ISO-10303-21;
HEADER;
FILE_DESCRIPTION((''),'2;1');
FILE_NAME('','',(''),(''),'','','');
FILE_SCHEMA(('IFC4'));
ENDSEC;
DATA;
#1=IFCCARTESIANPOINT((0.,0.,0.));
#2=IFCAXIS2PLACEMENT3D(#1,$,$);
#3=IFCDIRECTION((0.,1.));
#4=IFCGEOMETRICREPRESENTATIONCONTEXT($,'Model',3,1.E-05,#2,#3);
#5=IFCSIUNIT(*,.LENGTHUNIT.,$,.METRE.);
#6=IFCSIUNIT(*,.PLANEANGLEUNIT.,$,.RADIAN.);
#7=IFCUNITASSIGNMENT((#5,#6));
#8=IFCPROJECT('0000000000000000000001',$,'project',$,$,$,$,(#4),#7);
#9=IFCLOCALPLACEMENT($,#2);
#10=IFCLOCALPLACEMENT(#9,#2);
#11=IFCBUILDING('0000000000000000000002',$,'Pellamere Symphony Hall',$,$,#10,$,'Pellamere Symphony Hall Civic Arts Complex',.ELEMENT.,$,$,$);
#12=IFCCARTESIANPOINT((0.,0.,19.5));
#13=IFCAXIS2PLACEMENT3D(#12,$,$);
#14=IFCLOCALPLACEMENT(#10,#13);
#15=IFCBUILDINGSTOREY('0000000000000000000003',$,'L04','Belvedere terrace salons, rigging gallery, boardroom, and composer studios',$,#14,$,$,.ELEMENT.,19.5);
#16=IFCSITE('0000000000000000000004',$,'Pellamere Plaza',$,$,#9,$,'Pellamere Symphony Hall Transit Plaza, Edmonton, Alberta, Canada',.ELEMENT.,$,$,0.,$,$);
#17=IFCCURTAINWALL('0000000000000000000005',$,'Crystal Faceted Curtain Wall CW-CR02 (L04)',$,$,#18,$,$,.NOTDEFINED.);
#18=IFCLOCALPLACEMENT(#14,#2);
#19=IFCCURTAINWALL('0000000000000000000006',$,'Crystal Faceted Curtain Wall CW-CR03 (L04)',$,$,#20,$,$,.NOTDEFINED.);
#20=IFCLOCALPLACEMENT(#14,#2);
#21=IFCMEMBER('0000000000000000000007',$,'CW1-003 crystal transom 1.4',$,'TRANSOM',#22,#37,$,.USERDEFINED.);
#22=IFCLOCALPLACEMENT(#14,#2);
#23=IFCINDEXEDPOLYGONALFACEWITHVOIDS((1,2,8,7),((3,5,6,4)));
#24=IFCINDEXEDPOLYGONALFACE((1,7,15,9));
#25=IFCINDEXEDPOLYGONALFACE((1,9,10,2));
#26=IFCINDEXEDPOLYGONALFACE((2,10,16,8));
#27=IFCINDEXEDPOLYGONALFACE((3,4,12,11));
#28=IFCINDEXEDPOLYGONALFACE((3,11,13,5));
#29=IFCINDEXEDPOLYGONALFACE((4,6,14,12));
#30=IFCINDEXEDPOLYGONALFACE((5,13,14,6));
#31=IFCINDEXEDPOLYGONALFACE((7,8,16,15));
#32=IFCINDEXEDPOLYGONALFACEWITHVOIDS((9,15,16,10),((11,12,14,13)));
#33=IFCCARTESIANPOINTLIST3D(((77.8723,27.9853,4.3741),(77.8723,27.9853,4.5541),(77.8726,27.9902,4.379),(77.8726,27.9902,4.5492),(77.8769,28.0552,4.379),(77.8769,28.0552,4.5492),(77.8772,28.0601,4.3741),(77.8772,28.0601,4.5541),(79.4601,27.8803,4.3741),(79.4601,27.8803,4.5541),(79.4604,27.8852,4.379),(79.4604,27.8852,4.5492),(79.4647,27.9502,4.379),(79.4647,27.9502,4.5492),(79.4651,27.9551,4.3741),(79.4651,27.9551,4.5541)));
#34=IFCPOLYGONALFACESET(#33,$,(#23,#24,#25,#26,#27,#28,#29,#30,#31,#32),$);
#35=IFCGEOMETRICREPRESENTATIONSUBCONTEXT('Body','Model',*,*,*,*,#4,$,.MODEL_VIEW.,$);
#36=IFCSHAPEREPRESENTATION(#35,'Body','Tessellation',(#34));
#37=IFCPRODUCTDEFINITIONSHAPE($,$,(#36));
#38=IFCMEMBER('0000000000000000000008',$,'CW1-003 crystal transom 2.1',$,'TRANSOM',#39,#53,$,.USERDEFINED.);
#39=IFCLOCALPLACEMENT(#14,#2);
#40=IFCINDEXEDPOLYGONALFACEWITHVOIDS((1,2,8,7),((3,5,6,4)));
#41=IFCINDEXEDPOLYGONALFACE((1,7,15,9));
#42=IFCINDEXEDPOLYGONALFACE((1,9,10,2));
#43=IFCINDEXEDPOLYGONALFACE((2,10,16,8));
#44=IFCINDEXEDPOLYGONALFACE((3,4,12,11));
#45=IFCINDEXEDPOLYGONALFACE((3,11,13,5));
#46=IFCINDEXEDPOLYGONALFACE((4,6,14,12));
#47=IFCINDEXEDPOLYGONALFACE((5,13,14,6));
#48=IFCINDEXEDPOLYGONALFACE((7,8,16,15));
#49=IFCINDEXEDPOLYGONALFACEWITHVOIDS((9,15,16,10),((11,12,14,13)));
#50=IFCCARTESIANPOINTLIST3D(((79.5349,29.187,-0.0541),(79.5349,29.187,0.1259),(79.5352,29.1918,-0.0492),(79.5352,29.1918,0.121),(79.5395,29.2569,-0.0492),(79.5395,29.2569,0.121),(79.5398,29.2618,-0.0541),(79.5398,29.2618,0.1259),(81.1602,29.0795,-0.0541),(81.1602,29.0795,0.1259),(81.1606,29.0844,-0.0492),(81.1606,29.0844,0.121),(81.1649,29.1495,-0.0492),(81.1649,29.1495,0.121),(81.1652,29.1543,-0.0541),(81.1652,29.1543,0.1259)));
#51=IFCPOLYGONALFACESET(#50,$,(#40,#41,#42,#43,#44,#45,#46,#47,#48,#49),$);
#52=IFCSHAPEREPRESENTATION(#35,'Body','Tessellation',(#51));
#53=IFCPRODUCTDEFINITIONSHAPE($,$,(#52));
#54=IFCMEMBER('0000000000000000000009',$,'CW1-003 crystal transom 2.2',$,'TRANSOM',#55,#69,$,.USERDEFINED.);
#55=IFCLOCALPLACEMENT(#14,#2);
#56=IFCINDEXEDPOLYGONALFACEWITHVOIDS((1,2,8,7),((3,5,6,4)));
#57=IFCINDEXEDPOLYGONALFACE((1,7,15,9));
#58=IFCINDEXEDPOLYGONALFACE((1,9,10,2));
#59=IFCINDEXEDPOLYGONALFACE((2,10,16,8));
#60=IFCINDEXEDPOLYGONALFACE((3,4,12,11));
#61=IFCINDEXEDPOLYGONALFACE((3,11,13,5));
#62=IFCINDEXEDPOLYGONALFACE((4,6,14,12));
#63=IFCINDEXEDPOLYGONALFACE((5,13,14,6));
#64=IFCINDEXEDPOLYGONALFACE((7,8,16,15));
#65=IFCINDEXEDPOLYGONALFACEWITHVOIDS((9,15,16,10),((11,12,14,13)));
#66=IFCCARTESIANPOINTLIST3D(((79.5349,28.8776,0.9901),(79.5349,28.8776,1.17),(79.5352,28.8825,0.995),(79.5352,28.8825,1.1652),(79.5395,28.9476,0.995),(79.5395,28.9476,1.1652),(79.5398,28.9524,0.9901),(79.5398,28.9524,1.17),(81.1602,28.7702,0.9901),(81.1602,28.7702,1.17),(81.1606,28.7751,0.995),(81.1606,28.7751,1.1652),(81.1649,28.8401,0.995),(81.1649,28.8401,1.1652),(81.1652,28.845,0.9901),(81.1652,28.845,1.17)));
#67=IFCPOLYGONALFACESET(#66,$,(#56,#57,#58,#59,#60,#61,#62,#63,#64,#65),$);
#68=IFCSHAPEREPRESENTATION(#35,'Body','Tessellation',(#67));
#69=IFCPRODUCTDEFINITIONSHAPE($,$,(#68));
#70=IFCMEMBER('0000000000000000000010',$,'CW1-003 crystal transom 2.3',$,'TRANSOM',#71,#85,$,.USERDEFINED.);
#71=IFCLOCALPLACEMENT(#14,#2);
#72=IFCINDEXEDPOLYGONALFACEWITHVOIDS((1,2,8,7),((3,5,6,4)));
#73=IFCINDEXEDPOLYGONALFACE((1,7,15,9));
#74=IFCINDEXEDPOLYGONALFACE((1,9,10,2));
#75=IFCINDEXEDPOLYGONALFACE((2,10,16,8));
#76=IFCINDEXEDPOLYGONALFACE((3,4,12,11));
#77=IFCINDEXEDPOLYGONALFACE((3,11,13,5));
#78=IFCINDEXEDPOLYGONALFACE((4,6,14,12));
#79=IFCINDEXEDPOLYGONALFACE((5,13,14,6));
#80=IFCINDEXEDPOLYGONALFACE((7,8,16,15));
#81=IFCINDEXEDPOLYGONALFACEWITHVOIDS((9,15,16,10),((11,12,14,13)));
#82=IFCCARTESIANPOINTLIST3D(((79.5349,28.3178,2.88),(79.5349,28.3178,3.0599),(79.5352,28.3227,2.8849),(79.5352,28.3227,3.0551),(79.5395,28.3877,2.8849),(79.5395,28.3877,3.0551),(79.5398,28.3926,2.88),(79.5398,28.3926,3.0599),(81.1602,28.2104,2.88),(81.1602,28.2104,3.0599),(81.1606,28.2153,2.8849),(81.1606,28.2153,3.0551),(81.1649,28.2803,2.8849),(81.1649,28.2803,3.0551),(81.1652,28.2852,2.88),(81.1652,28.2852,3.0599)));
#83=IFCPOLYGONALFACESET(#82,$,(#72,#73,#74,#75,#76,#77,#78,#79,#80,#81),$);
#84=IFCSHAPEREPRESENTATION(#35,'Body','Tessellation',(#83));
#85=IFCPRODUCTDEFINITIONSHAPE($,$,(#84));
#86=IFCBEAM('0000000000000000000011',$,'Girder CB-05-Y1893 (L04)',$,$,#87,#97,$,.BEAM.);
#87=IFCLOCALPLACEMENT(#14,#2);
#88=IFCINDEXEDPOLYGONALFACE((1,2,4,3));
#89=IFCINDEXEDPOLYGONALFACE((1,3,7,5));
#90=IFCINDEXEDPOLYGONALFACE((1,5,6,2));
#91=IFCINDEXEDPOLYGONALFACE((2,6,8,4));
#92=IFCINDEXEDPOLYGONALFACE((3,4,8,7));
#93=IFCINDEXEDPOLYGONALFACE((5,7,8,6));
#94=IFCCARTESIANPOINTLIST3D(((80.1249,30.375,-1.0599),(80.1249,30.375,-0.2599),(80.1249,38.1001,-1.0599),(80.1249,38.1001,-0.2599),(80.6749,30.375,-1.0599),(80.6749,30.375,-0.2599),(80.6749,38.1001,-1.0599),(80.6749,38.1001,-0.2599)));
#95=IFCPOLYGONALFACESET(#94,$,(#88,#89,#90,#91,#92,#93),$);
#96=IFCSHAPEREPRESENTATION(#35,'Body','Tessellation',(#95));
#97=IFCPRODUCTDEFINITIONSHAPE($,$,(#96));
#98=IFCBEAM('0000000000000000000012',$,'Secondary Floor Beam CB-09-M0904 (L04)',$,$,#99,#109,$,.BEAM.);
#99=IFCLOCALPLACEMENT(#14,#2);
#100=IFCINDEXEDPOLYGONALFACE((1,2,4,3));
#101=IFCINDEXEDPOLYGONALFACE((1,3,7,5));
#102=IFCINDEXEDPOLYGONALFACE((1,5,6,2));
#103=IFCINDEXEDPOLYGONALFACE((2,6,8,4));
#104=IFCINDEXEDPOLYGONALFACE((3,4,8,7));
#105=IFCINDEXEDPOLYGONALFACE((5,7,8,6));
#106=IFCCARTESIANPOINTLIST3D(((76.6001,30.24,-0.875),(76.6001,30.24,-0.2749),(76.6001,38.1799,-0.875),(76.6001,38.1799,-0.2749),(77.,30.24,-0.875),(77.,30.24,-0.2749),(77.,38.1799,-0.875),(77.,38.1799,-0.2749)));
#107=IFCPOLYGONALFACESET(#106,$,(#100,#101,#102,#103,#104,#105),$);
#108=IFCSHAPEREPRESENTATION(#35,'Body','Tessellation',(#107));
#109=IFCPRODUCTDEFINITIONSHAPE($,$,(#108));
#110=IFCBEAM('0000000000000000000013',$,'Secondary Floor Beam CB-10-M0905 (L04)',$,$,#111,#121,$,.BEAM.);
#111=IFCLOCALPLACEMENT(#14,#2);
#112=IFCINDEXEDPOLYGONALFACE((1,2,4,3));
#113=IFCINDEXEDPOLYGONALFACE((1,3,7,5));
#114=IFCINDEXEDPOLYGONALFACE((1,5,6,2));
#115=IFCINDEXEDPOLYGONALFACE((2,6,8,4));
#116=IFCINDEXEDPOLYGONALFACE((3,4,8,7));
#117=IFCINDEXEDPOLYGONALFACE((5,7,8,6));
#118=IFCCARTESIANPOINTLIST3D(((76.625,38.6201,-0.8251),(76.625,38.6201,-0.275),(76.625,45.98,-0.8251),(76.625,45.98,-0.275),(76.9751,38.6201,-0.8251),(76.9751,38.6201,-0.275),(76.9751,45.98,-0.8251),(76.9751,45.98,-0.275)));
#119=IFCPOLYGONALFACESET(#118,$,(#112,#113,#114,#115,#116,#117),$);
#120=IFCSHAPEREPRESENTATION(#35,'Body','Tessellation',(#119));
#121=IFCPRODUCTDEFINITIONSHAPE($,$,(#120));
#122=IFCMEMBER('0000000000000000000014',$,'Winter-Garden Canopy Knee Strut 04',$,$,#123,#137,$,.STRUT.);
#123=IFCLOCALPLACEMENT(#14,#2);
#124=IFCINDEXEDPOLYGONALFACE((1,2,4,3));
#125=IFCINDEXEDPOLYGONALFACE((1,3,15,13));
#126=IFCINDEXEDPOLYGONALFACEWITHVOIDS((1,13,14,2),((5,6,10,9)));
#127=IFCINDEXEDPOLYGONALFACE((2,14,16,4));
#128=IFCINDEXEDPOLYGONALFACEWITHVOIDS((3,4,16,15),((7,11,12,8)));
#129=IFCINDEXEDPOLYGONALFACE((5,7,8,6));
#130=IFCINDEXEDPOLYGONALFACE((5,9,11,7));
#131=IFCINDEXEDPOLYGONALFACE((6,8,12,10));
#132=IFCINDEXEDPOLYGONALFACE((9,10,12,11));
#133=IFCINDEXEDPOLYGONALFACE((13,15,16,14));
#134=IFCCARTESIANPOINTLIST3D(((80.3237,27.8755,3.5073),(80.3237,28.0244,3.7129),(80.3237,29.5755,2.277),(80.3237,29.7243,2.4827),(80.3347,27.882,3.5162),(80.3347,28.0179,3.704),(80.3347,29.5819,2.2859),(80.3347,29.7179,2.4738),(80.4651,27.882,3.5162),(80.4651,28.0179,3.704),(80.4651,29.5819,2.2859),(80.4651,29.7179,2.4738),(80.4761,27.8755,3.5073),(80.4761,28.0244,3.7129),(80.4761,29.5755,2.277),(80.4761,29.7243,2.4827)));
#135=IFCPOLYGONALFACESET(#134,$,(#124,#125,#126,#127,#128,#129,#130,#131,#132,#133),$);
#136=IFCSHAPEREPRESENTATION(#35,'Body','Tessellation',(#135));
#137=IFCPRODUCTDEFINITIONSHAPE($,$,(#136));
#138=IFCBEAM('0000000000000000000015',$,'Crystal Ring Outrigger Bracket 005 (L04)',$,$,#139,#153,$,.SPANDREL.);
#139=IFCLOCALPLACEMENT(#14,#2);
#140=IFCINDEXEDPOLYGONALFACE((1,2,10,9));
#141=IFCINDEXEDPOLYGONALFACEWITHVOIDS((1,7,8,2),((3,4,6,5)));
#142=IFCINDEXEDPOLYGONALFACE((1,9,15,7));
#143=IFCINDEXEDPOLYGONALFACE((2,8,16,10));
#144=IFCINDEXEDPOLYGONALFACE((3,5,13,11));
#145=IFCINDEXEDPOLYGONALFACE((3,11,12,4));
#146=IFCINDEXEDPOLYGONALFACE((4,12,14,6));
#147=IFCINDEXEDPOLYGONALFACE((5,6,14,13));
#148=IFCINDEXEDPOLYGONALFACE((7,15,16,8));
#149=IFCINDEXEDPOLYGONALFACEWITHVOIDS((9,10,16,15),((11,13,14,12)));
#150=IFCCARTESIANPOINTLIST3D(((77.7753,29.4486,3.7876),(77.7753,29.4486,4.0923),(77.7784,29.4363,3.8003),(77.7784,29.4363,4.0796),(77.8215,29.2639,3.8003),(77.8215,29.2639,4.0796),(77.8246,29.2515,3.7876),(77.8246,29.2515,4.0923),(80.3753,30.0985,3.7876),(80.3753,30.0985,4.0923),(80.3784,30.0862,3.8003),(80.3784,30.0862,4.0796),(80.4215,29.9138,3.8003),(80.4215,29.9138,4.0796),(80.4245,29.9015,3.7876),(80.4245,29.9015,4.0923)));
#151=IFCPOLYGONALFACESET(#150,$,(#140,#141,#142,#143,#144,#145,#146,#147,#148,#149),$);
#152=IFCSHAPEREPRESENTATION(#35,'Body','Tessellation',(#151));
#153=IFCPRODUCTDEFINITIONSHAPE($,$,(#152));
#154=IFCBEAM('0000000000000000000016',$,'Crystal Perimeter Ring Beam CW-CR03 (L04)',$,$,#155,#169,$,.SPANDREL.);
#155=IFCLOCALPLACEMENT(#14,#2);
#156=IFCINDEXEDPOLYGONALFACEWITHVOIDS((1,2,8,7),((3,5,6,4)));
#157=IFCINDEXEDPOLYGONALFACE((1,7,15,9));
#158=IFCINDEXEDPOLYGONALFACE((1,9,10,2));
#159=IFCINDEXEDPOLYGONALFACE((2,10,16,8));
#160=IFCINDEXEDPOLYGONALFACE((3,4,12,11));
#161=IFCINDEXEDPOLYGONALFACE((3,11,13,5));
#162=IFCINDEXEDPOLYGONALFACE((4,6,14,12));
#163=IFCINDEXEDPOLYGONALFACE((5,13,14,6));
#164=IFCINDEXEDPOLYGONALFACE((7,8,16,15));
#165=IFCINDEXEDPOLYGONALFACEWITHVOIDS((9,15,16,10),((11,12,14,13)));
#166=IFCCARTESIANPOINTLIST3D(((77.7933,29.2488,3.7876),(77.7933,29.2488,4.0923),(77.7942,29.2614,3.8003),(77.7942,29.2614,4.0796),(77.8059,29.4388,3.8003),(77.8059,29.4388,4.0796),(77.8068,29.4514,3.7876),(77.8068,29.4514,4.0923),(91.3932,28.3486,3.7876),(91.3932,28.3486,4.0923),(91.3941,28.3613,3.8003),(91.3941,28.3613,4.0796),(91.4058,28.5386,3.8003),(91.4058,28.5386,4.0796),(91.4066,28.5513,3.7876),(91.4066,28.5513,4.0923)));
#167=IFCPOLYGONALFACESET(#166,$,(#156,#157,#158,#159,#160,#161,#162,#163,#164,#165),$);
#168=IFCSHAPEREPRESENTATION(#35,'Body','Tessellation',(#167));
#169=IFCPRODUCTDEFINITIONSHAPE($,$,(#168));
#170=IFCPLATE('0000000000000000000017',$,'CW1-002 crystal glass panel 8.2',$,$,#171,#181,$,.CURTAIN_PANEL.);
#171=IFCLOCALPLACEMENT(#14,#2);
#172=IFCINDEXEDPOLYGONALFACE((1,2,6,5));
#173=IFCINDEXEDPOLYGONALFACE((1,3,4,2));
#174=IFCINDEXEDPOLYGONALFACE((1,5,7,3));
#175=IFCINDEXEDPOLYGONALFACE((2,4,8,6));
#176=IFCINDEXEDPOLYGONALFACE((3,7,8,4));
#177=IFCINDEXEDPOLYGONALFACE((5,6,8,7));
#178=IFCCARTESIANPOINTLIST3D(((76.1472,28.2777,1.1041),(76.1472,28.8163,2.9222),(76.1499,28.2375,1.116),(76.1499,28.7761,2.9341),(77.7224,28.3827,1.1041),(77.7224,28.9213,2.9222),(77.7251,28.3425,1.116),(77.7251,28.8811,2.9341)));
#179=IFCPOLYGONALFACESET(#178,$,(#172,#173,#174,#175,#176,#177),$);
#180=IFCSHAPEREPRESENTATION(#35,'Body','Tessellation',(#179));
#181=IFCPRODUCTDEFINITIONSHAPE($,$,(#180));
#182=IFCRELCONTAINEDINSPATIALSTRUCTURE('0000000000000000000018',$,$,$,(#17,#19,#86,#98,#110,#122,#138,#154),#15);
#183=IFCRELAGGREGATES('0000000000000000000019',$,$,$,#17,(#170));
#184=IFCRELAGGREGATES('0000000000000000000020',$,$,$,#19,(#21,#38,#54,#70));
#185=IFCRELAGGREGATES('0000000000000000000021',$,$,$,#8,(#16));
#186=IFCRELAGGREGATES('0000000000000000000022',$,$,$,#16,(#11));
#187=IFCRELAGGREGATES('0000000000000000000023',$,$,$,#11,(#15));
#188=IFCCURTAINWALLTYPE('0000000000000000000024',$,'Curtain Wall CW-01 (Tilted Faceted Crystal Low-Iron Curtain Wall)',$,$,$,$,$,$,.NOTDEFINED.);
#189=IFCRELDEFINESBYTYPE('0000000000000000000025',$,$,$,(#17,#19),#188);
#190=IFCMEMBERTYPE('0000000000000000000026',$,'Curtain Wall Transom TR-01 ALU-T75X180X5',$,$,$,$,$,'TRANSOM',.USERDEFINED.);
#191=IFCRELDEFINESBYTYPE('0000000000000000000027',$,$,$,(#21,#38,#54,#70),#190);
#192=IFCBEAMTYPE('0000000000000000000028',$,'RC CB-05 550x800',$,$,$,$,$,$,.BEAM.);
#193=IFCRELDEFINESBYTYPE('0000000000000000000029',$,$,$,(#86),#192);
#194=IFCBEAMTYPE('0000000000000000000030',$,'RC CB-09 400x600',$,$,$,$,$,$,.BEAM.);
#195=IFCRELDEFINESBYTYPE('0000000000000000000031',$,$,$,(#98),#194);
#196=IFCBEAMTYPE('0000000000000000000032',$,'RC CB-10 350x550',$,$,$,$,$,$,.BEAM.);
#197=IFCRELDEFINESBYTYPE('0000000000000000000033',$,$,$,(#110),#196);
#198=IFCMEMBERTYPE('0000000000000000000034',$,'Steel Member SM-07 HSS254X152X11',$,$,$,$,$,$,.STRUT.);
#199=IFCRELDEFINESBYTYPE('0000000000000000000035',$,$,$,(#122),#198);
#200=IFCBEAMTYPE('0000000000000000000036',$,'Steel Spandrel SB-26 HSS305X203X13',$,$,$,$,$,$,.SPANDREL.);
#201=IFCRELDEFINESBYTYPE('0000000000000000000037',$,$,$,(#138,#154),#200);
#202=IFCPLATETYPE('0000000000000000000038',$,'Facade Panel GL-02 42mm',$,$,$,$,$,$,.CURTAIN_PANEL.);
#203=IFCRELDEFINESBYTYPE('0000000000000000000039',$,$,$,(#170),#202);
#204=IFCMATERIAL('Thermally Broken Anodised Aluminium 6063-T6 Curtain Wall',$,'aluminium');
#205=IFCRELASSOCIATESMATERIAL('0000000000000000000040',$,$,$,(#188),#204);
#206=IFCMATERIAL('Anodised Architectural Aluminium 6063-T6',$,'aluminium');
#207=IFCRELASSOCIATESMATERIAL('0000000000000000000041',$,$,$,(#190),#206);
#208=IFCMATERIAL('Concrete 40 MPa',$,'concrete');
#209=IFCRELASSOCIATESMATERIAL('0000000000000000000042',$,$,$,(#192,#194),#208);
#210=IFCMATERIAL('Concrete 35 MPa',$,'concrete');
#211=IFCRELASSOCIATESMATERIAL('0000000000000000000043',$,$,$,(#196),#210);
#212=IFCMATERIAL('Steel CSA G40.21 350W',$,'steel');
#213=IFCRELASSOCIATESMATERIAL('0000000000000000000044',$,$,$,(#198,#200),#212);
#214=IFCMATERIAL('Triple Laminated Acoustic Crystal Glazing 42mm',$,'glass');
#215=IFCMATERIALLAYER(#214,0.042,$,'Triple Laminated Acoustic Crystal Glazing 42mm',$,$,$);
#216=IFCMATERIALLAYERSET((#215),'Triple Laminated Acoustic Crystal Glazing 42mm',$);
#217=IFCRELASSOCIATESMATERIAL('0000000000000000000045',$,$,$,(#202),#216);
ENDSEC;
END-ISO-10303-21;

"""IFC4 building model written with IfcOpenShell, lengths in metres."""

from ifc_helpers import new_model, si_unit, direction, frame, origin, origin_2d, place, context, subcontext, project, spatial, polyline, rectangle, hollow_rectangle, outline, extrude, material, layer, layer_set, material_profile, profile_set, type_object, element, aggregate, save


model = new_model("IFC4")

# Units and contexts
model_context = context("Model", 3, precision=1e-05, world=origin(), true_north=direction((0.0, 1.0)))
body_context = subcontext(model_context, "Body", "Model", "MODEL_VIEW")
ifc_project = project(units=[si_unit("LENGTHUNIT", "METRE"), si_unit("PLANEANGLEUNIT", "RADIAN")], contexts=[model_context])

# Site, building, storey
site_placement = place(None, origin())
site = spatial("IfcSite", under=ifc_project, at=site_placement, Name="Pellamere Plaza", LongName="Pellamere Symphony Hall Transit Plaza, Edmonton, Alberta, Canada", CompositionType="ELEMENT", RefElevation=0.0)
building_placement = place(site_placement, origin())
building = spatial("IfcBuilding", under=site, at=building_placement, Name="Pellamere Symphony Hall", LongName="Pellamere Symphony Hall Civic Arts Complex", CompositionType="ELEMENT")
storey_placement = place(building_placement, frame((0.0, 0.0, 19.5)))
storey = spatial("IfcBuildingStorey", under=building, at=storey_placement, Name="L04", Description="Belvedere terrace salons, rigging gallery, boardroom, and composer studios", CompositionType="ELEMENT", Elevation=19.5)

# Shared definitions
ifc_material_1 = material(Name="Concrete 40 MPa", Category="concrete")

# Curtain wall
ifc_material_2 = material(Name="Thermally Broken Anodised Aluminium 6063-T6 Curtain Wall", Category="aluminium")
curtain_wall_type = type_object("IfcCurtainWallType", Name="Curtain Wall CW-01 (Tilted Faceted Crystal Low-Iron Curtain Wall)", PredefinedType="NOTDEFINED", material=ifc_material_2)
curtain_wall_1_placement = place(storey_placement, origin())
curtain_wall_1 = element("IfcCurtainWall", 1, at=curtain_wall_1_placement, inside=storey, type_object=curtain_wall_type, Name="Crystal Faceted Curtain Wall CW-CR02 (L04)", PredefinedType="NOTDEFINED")
ifc_material_3 = material(Name="Anodised Architectural Aluminium 6063-T6", Category="aluminium")

# Curtain wall
curtain_wall_2_placement = place(storey_placement, origin())
curtain_wall_2 = element("IfcCurtainWall", 2, at=curtain_wall_2_placement, inside=storey, type_object=curtain_wall_type, Name="Crystal Faceted Curtain Wall CW-CR03 (L04)", PredefinedType="NOTDEFINED")

# Members
ifc_material_profile_1 = material_profile(ifc_material_3, hollow_rectangle(XDim=0.075, YDim=0.1799, WallThickness=0.0049, at=origin_2d()), Name="ALU-T75X180X5")
ifc_profile_set_1 = profile_set([ifc_material_profile_1], Name="Anodised Architectural Aluminium 6063-T6")
member_type_1 = type_object("IfcMemberType", Name="Curtain Wall Transom TR-01 ALU-T75X180X5", ElementType="TRANSOM", PredefinedType="USERDEFINED", material=ifc_profile_set_1)
member_1_placement = place(storey_placement, frame((77.8748, 28.0227, 4.4641), z_axis=(0.997822, -0.065969, 0.0), x_axis=(0.065969, 0.997822, 0.0)))
member_1 = element("IfcMember", 3, at=member_1_placement, type_object=member_type_1, Name="CW1-003 crystal transom 1.4", ObjectType="TRANSOM", PredefinedType="USERDEFINED", context=body_context, shape_type="SweptSolid", body=[
    extrude(hollow_rectangle(XDim=0.075, YDim=0.1799, WallThickness=0.0049, at=origin_2d()), origin(), (0.0, 0.0, 1.0), 1.5913),
])
member_2_placement = place(storey_placement, frame((79.5374, 29.2244, 0.0359), z_axis=(0.997823, -0.065952, 0.0), x_axis=(0.065952, 0.997823, 0.0)))
member_2 = element("IfcMember", 4, at=member_2_placement, type_object=member_type_1, Name="CW1-003 crystal transom 2.1", ObjectType="TRANSOM", PredefinedType="USERDEFINED", context=body_context, shape_type="SweptSolid", body=[
    extrude(hollow_rectangle(XDim=0.075, YDim=0.1799, WallThickness=0.0049, at=origin_2d()), origin(), (0.0, 0.0, 1.0), 1.6289),
])
member_3_placement = place(storey_placement, frame((79.5374, 28.915, 1.0801), z_axis=(0.997823, -0.065952, 0.0), x_axis=(0.065952, 0.997823, 0.0)))
member_3 = element("IfcMember", 5, at=member_3_placement, type_object=member_type_1, Name="CW1-003 crystal transom 2.2", ObjectType="TRANSOM", PredefinedType="USERDEFINED", context=body_context, shape_type="SweptSolid", body=[
    extrude(hollow_rectangle(XDim=0.075, YDim=0.1799, WallThickness=0.0049, at=origin_2d()), origin(), (0.0, 0.0, 1.0), 1.6289),
])
member_4_placement = place(storey_placement, frame((79.5374, 28.3552, 2.97), z_axis=(0.997823, -0.065952, 0.0), x_axis=(0.065952, 0.997823, 0.0)))
member_4 = element("IfcMember", 6, at=member_4_placement, type_object=member_type_1, Name="CW1-003 crystal transom 2.3", ObjectType="TRANSOM", PredefinedType="USERDEFINED", context=body_context, shape_type="SweptSolid", body=[
    extrude(hollow_rectangle(XDim=0.075, YDim=0.1799, WallThickness=0.0049, at=origin_2d()), origin(), (0.0, 0.0, 1.0), 1.6289),
])

# Beams
ifc_material_profile_2 = material_profile(ifc_material_1, rectangle(XDim=0.55, YDim=0.8, at=origin_2d()), Name="RC 550x800")
ifc_profile_set_2 = profile_set([ifc_material_profile_2], Name="Concrete 40 MPa")
beam_type_1 = type_object("IfcBeamType", Name="RC CB-05 550x800", PredefinedType="BEAM", material=ifc_profile_set_2)
beam_1_placement = place(storey_placement, frame((80.3999, 30.375, -0.6599), z_axis=(0.0, 1.0, 0.0), x_axis=(-1.0, 0.0, 0.0)))
element("IfcBeam", 7, at=beam_1_placement, inside=storey, type_object=beam_type_1, Name="Girder CB-05-Y1893 (L04)", PredefinedType="BEAM", context=body_context, shape_type="SweptSolid", body=[
    extrude(rectangle(XDim=0.55, YDim=0.8, at=origin_2d()), origin(), (0.0, 0.0, 1.0), 7.7251),
])
ifc_material_profile_3 = material_profile(ifc_material_1, rectangle(XDim=0.3999, YDim=0.6001, at=origin_2d()), Name="RC 400x600")
ifc_profile_set_3 = profile_set([ifc_material_profile_3], Name="Concrete 40 MPa")
beam_type_2 = type_object("IfcBeamType", Name="RC CB-09 400x600", PredefinedType="BEAM", material=ifc_profile_set_3)
beam_2_placement = place(storey_placement, frame((76.8, 30.24, -0.575), z_axis=(0.0, 1.0, 0.0), x_axis=(-1.0, 0.0, 0.0)))
element("IfcBeam", 8, at=beam_2_placement, inside=storey, type_object=beam_type_2, Name="Secondary Floor Beam CB-09-M0904 (L04)", PredefinedType="BEAM", context=body_context, shape_type="SweptSolid", body=[
    extrude(rectangle(XDim=0.3999, YDim=0.6001, at=origin_2d()), origin(), (0.0, 0.0, 1.0), 7.9399),
])
ifc_material_4 = material(Name="Concrete 35 MPa", Category="concrete")
ifc_material_profile_4 = material_profile(ifc_material_4, rectangle(XDim=0.3501, YDim=0.55, at=origin_2d()), Name="RC 350x550")
ifc_profile_set_4 = profile_set([ifc_material_profile_4], Name="Concrete 35 MPa")
beam_type_3 = type_object("IfcBeamType", Name="RC CB-10 350x550", PredefinedType="BEAM", material=ifc_profile_set_4)
beam_3_placement = place(storey_placement, frame((76.8, 38.6201, -0.55), z_axis=(0.0, 1.0, 0.0), x_axis=(-1.0, 0.0, 0.0)))
element("IfcBeam", 9, at=beam_3_placement, inside=storey, type_object=beam_type_3, Name="Secondary Floor Beam CB-10-M0905 (L04)", PredefinedType="BEAM", context=body_context, shape_type="SweptSolid", body=[
    extrude(rectangle(XDim=0.3501, YDim=0.55, at=origin_2d()), origin(), (0.0, 0.0, 1.0), 7.3599),
])

# Member
ifc_material_5 = material(Name="Steel CSA G40.21 350W", Category="steel")
ifc_material_profile_5 = material_profile(ifc_material_5, hollow_rectangle(XDim=0.1523, YDim=0.2539, WallThickness=0.011, at=origin_2d()), Name="HSS254X152X11")
ifc_profile_set_5 = profile_set([ifc_material_profile_5], Name="Steel CSA G40.21 350W")
member_type_2 = type_object("IfcMemberType", Name="Steel Member SM-07 HSS254X152X11", PredefinedType="STRUT", material=ifc_profile_set_5)
member_5_placement = place(storey_placement, frame((80.3999, 29.6499, 2.3799), z_axis=(0.0, -0.810117, 0.586268), x_axis=(1.0, 0.0, 0.0)))
element("IfcMember", 10, at=member_5_placement, inside=storey, type_object=member_type_2, Name="Winter-Garden Canopy Knee Strut 04", PredefinedType="STRUT", context=body_context, shape_type="SweptSolid", body=[
    extrude(hollow_rectangle(XDim=0.1523, YDim=0.2539, WallThickness=0.011, at=origin_2d()), origin(), (0.0, 0.0, 1.0), 2.0984),
])

# Beams
ifc_material_profile_6 = material_profile(ifc_material_5, hollow_rectangle(XDim=0.2031, YDim=0.3047, WallThickness=0.0127, at=origin_2d()), Name="HSS305X203X13")
ifc_profile_set_6 = profile_set([ifc_material_profile_6], Name="Steel CSA G40.21 350W")
beam_type_4 = type_object("IfcBeamType", Name="Steel Spandrel SB-26 HSS305X203X13", PredefinedType="SPANDREL", material=ifc_profile_set_6)
beam_4_placement = place(storey_placement, frame((80.3999, 30.0, 3.9399), z_axis=(-0.970148, -0.242514, 0.0), x_axis=(0.242514, -0.970148, 0.0)))
element("IfcBeam", 11, at=beam_4_placement, inside=storey, type_object=beam_type_4, Name="Crystal Ring Outrigger Bracket 005 (L04)", PredefinedType="SPANDREL", context=body_context, shape_type="SweptSolid", body=[
    extrude(hollow_rectangle(XDim=0.2031, YDim=0.3047, WallThickness=0.0127, at=origin_2d()), origin(), (0.0, 0.0, 1.0), 2.6799),
])
beam_5_placement = place(storey_placement, frame((77.8, 29.3501, 3.9399), z_axis=(0.997817, -0.066043, 0.0), x_axis=(0.066043, 0.997817, 0.0)))
element("IfcBeam", 12, at=beam_5_placement, inside=storey, type_object=beam_type_4, Name="Crystal Perimeter Ring Beam CW-CR03 (L04)", PredefinedType="SPANDREL", context=body_context, shape_type="SweptSolid", body=[
    extrude(hollow_rectangle(XDim=0.2031, YDim=0.3047, WallThickness=0.0127, at=origin_2d()), origin(), (0.0, 0.0, 1.0), 13.6296),
])

# Plate
ifc_material_6 = material(Name="Triple Laminated Acoustic Crystal Glazing 42mm", Category="glass")
ifc_layer_1 = layer(ifc_material_6, 0.042, Name="Triple Laminated Acoustic Crystal Glazing 42mm")
ifc_layer_set_1 = layer_set([ifc_layer_1], Name="Triple Laminated Acoustic Crystal Glazing 42mm")
plate_type_1 = type_object("IfcPlateType", Name="Facade Panel GL-02 42mm", PredefinedType="CURTAIN_PANEL", material=ifc_layer_set_1)
plate_1_placement = place(storey_placement, frame((76.1499, 28.2375, 1.116), z_axis=(0.063771, -0.956865, 0.283449), x_axis=(0.997787, 0.066498, 0.0)))
plate_1 = element("IfcPlate", 13, at=plate_1_placement, type_object=plate_type_1, Name="CW1-002 crystal glass panel 8.2", PredefinedType="CURTAIN_PANEL", context=body_context, shape_type="SweptSolid", body=[
    extrude(outline(polyline([(0.0, 0.0), (1.5787, 0.0), (1.6145, 1.8959), (0.0358, 1.8959), (0.0, 0.0)])), origin(), (0.0, 0.0, -1.0), 0.042),
])
aggregate(curtain_wall_1, [plate_1])
aggregate(curtain_wall_2, [member_1, member_2, member_3, member_4])

save(model, "model.ifc")
